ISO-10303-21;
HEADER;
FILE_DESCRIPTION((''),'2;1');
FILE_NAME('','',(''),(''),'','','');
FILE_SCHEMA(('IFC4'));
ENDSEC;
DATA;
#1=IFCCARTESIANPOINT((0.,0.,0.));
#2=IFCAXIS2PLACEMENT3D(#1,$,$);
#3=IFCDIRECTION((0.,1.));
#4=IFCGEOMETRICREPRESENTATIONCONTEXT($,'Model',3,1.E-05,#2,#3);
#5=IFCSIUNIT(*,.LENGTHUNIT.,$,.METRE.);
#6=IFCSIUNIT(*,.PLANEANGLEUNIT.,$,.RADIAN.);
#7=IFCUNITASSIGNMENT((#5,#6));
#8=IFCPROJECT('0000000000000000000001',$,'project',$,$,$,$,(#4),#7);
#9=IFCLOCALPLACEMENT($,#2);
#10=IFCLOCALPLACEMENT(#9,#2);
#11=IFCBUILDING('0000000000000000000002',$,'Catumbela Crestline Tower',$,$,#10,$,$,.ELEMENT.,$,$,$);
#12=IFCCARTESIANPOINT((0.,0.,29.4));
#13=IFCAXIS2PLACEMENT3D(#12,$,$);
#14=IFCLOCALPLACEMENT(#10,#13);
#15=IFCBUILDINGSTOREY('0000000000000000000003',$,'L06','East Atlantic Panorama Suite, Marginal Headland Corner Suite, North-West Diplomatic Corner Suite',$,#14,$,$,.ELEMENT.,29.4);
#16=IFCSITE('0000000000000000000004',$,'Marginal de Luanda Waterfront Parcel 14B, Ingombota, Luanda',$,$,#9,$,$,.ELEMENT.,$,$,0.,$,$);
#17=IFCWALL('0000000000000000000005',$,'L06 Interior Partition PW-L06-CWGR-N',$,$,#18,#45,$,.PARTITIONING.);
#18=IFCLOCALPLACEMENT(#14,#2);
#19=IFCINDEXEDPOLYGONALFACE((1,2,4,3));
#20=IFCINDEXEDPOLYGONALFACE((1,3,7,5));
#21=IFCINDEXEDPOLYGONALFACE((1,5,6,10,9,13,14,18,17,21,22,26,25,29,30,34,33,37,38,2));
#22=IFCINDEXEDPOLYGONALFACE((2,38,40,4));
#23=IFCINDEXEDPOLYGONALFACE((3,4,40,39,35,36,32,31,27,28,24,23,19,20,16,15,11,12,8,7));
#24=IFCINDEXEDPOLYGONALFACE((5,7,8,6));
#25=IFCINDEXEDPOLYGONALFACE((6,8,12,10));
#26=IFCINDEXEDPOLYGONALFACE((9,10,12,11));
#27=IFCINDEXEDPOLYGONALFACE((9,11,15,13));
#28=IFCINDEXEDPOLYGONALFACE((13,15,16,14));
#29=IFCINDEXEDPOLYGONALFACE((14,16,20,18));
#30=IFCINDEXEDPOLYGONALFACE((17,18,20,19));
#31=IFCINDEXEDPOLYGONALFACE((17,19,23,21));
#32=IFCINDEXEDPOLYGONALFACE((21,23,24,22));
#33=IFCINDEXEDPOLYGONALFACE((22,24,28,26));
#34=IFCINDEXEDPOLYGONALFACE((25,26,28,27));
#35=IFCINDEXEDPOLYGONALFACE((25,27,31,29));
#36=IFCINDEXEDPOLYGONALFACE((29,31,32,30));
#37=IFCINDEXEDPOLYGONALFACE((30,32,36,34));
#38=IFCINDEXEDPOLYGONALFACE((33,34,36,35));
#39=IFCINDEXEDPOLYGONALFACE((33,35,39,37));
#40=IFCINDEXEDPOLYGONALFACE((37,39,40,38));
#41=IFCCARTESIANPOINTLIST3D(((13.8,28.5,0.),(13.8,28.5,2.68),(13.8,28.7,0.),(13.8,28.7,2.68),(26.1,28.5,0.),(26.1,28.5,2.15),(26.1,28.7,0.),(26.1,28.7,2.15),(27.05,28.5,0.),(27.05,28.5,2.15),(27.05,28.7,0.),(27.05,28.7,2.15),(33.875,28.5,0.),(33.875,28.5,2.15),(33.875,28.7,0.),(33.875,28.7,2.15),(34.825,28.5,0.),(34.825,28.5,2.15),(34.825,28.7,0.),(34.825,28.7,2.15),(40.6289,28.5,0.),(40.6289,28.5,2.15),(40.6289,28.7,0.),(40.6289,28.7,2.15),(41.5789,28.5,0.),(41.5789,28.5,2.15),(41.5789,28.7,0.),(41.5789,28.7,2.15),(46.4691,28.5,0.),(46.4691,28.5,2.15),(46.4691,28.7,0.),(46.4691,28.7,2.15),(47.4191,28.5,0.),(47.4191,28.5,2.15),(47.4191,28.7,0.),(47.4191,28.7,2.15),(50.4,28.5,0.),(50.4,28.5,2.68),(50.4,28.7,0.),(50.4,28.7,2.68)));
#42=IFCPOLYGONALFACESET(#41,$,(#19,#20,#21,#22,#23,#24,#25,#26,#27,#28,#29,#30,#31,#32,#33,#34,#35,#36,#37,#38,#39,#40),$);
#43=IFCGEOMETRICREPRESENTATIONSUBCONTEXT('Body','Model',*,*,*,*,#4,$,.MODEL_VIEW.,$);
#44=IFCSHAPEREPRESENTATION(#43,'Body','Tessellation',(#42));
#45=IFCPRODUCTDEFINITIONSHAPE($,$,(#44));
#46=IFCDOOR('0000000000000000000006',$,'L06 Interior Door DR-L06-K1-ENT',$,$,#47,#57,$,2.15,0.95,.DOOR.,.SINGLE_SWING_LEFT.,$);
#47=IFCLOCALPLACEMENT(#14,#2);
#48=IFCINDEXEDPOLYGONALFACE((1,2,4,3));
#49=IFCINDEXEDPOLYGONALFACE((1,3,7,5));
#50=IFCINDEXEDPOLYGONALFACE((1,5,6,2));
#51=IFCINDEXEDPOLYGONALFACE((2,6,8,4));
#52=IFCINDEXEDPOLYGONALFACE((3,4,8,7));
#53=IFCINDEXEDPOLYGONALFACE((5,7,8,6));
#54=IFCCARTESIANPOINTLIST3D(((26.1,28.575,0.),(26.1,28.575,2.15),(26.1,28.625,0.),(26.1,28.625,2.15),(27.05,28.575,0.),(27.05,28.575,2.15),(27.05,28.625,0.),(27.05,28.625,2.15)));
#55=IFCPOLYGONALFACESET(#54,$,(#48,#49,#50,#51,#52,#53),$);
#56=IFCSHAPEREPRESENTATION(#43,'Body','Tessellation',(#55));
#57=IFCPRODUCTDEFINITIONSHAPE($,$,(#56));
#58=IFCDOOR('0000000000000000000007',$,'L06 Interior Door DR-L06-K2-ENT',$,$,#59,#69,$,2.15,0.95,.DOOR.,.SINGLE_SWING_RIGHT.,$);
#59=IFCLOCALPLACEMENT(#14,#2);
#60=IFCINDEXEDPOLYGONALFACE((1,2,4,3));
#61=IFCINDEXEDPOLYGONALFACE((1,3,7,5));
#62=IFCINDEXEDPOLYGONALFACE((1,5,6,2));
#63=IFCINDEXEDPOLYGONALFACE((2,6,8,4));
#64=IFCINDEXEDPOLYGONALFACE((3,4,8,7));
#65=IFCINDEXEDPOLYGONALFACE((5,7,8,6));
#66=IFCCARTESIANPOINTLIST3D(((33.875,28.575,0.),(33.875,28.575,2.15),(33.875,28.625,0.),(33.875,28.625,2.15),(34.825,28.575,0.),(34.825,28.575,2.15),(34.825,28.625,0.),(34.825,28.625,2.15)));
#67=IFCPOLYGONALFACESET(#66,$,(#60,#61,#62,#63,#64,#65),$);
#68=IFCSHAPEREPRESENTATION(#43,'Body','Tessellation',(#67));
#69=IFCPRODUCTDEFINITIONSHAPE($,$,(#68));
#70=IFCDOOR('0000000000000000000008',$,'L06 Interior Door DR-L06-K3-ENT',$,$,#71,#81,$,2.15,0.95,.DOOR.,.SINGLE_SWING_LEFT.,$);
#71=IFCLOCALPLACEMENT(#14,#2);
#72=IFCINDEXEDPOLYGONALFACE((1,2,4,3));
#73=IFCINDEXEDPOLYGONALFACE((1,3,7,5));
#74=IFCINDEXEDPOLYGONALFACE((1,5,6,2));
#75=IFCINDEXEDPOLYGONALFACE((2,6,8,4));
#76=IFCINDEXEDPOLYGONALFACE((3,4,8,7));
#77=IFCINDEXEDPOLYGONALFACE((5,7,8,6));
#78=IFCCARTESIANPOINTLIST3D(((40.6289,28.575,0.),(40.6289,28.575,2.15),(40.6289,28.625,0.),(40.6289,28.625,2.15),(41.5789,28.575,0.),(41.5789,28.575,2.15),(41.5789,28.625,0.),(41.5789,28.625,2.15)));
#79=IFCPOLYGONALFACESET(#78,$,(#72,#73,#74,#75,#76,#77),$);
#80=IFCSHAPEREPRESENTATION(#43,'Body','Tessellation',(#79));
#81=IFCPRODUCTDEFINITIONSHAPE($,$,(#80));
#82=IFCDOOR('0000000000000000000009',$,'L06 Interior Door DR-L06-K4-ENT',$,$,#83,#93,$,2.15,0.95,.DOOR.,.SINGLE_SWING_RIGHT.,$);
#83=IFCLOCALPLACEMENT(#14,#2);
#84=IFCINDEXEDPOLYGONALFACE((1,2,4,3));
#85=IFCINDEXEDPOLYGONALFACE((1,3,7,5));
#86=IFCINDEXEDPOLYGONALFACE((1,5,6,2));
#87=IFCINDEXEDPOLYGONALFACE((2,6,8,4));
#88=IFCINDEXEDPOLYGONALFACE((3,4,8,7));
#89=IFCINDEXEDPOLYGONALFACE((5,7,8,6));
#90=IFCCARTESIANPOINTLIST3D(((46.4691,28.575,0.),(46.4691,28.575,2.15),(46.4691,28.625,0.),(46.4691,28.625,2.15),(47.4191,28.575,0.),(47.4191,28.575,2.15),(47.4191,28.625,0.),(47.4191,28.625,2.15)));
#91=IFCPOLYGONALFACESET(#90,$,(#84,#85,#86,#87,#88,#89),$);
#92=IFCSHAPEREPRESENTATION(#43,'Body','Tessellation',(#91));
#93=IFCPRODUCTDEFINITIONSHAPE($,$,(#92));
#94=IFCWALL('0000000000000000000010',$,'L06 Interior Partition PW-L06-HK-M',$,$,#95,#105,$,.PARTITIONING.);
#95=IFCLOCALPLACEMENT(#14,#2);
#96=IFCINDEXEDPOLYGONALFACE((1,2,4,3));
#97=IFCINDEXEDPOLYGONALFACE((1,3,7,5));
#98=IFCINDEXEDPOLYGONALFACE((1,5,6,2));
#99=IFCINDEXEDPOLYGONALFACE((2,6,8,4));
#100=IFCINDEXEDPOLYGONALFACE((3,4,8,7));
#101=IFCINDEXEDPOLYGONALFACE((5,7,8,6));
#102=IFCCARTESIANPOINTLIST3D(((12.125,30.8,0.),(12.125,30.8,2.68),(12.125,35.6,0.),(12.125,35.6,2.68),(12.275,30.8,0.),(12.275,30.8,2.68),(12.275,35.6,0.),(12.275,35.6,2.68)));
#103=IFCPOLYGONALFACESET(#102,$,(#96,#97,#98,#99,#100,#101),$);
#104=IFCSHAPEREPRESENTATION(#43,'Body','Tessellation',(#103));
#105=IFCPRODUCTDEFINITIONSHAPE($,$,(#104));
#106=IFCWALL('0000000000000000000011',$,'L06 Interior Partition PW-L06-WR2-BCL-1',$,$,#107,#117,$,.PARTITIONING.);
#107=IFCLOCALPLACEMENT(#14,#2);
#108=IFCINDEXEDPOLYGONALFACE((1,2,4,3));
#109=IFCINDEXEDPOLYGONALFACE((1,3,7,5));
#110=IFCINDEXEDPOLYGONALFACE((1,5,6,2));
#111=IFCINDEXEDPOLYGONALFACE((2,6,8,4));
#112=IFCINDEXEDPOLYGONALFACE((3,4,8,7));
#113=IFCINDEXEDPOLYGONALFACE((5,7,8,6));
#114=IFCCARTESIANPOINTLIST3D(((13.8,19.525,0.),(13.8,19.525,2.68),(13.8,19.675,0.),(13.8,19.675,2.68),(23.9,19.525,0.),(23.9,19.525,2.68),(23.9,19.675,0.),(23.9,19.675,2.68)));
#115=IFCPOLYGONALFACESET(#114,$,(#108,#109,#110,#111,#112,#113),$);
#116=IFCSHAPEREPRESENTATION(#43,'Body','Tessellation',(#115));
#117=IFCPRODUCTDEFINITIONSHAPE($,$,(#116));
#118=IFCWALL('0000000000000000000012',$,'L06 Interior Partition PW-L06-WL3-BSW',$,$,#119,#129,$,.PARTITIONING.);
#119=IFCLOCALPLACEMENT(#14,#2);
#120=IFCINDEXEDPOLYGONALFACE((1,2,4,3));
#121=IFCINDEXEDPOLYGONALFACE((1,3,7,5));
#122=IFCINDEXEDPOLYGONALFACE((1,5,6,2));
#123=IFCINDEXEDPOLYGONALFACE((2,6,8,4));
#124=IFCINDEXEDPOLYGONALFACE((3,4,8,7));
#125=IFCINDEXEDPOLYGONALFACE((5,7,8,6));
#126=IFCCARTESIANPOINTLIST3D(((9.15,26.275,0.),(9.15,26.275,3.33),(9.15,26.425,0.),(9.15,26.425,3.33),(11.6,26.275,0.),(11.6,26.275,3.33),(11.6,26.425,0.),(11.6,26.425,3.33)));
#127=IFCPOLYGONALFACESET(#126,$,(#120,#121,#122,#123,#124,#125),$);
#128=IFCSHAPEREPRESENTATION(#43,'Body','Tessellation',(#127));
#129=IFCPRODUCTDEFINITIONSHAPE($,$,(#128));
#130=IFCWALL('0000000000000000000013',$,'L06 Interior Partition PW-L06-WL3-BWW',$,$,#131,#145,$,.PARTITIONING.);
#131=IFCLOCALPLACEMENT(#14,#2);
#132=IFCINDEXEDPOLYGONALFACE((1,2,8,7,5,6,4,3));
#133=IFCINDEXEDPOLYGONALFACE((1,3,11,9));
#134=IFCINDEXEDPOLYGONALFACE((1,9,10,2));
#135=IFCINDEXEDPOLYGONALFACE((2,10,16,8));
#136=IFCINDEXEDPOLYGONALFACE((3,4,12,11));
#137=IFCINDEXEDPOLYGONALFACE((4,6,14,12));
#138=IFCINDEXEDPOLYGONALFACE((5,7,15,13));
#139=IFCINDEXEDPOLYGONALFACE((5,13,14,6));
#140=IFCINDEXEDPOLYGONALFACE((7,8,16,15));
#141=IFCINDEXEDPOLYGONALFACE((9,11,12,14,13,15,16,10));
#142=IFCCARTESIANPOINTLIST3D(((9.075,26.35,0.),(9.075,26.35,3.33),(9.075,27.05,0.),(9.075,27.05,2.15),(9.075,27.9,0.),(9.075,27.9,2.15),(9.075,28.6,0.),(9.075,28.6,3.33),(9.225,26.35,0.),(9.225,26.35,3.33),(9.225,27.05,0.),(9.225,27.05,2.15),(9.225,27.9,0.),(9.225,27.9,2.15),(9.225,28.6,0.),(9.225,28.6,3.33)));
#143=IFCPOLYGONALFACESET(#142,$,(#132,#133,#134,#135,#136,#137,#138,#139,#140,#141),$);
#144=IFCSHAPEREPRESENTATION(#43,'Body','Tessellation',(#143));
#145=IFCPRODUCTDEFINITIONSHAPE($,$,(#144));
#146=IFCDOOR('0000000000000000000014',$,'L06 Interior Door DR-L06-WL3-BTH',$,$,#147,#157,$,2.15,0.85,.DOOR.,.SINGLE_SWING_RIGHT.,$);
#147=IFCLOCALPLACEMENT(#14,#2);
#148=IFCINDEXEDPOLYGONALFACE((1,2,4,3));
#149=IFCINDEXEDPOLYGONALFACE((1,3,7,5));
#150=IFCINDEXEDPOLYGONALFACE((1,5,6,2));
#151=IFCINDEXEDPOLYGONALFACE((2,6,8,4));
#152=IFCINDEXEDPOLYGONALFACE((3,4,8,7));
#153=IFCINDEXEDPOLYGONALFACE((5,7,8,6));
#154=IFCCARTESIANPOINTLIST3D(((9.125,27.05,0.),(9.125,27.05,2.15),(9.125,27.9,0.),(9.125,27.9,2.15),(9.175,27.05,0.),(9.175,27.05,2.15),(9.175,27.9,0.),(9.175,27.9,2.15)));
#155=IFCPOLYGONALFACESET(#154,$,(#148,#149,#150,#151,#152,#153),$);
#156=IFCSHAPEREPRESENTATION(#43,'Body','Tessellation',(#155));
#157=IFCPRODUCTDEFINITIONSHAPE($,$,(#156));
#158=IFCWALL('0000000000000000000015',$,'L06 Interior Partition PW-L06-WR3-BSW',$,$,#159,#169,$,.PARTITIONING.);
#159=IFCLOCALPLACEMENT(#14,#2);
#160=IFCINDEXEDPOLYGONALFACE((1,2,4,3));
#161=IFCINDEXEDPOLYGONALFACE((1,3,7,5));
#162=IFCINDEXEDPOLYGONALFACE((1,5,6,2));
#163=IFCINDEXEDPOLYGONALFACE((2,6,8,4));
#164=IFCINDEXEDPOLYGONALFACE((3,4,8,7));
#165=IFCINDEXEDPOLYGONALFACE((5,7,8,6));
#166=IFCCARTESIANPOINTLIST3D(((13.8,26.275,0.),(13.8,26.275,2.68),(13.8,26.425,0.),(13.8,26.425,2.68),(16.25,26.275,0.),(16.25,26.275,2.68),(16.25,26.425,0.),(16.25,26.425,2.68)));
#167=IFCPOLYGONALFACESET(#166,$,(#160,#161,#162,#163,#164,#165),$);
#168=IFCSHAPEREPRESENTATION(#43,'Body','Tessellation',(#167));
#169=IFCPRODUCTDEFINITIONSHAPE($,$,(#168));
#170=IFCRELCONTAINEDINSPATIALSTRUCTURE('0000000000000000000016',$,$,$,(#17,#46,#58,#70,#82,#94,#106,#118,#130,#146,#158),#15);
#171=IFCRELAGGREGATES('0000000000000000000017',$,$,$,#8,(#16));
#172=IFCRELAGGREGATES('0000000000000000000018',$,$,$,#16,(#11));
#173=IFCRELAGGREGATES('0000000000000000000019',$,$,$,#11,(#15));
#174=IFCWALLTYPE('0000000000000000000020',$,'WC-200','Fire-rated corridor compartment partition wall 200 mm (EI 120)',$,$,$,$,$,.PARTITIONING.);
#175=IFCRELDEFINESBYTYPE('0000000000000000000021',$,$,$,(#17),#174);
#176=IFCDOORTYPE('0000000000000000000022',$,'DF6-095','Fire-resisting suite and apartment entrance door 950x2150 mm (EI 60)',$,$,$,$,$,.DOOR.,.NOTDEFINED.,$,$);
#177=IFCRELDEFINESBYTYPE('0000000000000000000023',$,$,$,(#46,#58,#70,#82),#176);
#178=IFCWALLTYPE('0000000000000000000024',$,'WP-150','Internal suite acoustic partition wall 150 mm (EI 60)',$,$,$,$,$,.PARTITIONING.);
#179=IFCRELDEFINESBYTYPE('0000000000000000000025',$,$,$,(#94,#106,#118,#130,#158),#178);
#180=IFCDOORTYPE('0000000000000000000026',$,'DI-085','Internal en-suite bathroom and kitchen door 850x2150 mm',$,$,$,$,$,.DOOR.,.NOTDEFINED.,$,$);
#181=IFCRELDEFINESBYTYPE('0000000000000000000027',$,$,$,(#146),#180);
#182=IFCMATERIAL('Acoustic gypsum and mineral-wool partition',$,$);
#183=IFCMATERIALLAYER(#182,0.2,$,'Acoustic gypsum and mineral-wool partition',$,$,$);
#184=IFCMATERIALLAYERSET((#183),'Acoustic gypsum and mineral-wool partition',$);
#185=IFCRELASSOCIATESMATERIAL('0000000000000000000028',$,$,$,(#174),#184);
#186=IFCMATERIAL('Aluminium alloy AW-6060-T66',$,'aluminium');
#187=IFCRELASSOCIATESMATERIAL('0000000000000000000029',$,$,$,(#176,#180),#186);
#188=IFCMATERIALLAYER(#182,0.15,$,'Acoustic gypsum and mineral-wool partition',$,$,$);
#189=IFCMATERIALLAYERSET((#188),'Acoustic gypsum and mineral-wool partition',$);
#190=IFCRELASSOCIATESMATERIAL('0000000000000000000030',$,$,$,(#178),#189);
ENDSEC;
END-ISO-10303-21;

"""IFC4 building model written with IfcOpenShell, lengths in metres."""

from ifc_helpers import new_model, si_unit, direction, frame, frame_2d, origin, place, context, subcontext, project, spatial, rectangle, extrude, material, layer, layer_set, type_object, element, fill, save


model = new_model("IFC4")

# Units and contexts
model_context = context("Model", 3, precision=1e-05, world=origin(), true_north=direction((0.0, 1.0)))
body_context = subcontext(model_context, "Body", "Model", "MODEL_VIEW")
ifc_project = project(units=[si_unit("LENGTHUNIT", "METRE"), si_unit("PLANEANGLEUNIT", "RADIAN")], contexts=[model_context])

# Site, building, storey
site_placement = place(None, origin())
site = spatial("IfcSite", under=ifc_project, at=site_placement, Name="Marginal de Luanda Waterfront Parcel 14B, Ingombota, Luanda", CompositionType="ELEMENT", RefElevation=0.0)
building_placement = place(site_placement, origin())
building = spatial("IfcBuilding", under=site, at=building_placement, Name="Catumbela Crestline Tower", CompositionType="ELEMENT")
storey_placement = place(building_placement, frame((0.0, 0.0, 29.4)))
storey = spatial("IfcBuildingStorey", under=building, at=storey_placement, Name="L06", Description="East Atlantic Panorama Suite, Marginal Headland Corner Suite, North-West Diplomatic Corner Suite", CompositionType="ELEMENT", Elevation=29.4)

# Wall, openings, doors
ifc_material_1 = material(Name="Acoustic gypsum and mineral-wool partition")
ifc_layer_1 = layer(ifc_material_1, 0.2, Name="Acoustic gypsum and mineral-wool partition")
ifc_layer_set_1 = layer_set([ifc_layer_1], Name="Acoustic gypsum and mineral-wool partition")
wall_type_1 = type_object("IfcWallType", Name="WC-200", Description="Fire-rated corridor compartment partition wall 200 mm (EI 120)", PredefinedType="PARTITIONING", material=ifc_layer_set_1)
wall_1_placement = place(storey_placement, frame((13.8, 28.6, 0.0), z_axis=(0.0, 0.0, 1.0), x_axis=(1.0, 0.0, 0.0)))
wall_1 = element("IfcWall", 1, at=wall_1_placement, inside=storey, type_object=wall_type_1, Name="L06 Interior Partition PW-L06-CWGR-N", PredefinedType="PARTITIONING", context=body_context, shape_type="SweptSolid", body=[
    extrude(rectangle(XDim=36.6, YDim=0.2, at=frame_2d((18.3, 0.0))), origin(), (0.0, 0.0, 1.0), 2.68),
])
opening_1_placement = place(wall_1_placement, frame((12.3, 0.0, 0.0)))
opening_1 = element("IfcOpeningElement", 2, at=opening_1_placement, cuts=wall_1, PredefinedType="OPENING", context=body_context, shape_type="SweptSolid", body=[
    extrude(rectangle(XDim=0.95, YDim=2.15, at=frame_2d((0.475, 1.075))), frame((0.0, 0.11, 0.0), z_axis=(0.0, -1.0, 0.0), x_axis=(1.0, 0.0, 0.0)), (0.0, 0.0, 1.0), 0.22),
])
opening_2_placement = place(wall_1_placement, frame((20.075, 0.0, 0.0)))
opening_2 = element("IfcOpeningElement", 3, at=opening_2_placement, cuts=wall_1, PredefinedType="OPENING", context=body_context, shape_type="SweptSolid", body=[
    extrude(rectangle(XDim=0.95, YDim=2.15, at=frame_2d((0.475, 1.075))), frame((0.0, 0.11, 0.0), z_axis=(0.0, -1.0, 0.0), x_axis=(1.0, 0.0, 0.0)), (0.0, 0.0, 1.0), 0.22),
])
opening_3_placement = place(wall_1_placement, frame((26.8289, 0.0, 0.0)))
opening_3 = element("IfcOpeningElement", 4, at=opening_3_placement, cuts=wall_1, PredefinedType="OPENING", context=body_context, shape_type="SweptSolid", body=[
    extrude(rectangle(XDim=0.95, YDim=2.15, at=frame_2d((0.475, 1.075))), frame((0.0, 0.11, 0.0), z_axis=(0.0, -1.0, 0.0), x_axis=(1.0, 0.0, 0.0)), (0.0, 0.0, 1.0), 0.22),
])
opening_4_placement = place(wall_1_placement, frame((32.6691, 0.0, 0.0)))
opening_4 = element("IfcOpeningElement", 5, at=opening_4_placement, cuts=wall_1, PredefinedType="OPENING", context=body_context, shape_type="SweptSolid", body=[
    extrude(rectangle(XDim=0.95, YDim=2.15, at=frame_2d((0.475, 1.075))), frame((0.0, 0.11, 0.0), z_axis=(0.0, -1.0, 0.0), x_axis=(1.0, 0.0, 0.0)), (0.0, 0.0, 1.0), 0.22),
])
ifc_material_2 = material(Name="Aluminium alloy AW-6060-T66", Category="aluminium")
door_type_1 = type_object("IfcDoorType", Name="DF6-095", Description="Fire-resisting suite and apartment entrance door 950x2150 mm (EI 60)", OperationType="NOTDEFINED", PredefinedType="DOOR", material=ifc_material_2)
door_1_placement = place(opening_1_placement, origin())
door_1 = element("IfcDoor", 6, at=door_1_placement, inside=storey, type_object=door_type_1, Name="L06 Interior Door DR-L06-K1-ENT", OperationType="SINGLE_SWING_LEFT", OverallHeight=2.15, OverallWidth=0.95, PredefinedType="DOOR", context=body_context, shape_type="SweptSolid", body=[
    extrude(rectangle(XDim=0.95, YDim=2.15, at=frame_2d((0.475, 1.075))), frame((0.0, 0.025, 0.0), z_axis=(0.0, -1.0, 0.0), x_axis=(1.0, 0.0, 0.0)), (0.0, 0.0, 1.0), 0.05),
])
fill(opening_1, door_1)
door_2_placement = place(opening_2_placement, origin())
door_2 = element("IfcDoor", 7, at=door_2_placement, inside=storey, type_object=door_type_1, Name="L06 Interior Door DR-L06-K2-ENT", OperationType="SINGLE_SWING_RIGHT", OverallHeight=2.15, OverallWidth=0.95, PredefinedType="DOOR", context=body_context, shape_type="SweptSolid", body=[
    extrude(rectangle(XDim=0.95, YDim=2.15, at=frame_2d((0.475, 1.075))), frame((0.0, 0.025, 0.0), z_axis=(0.0, -1.0, 0.0), x_axis=(1.0, 0.0, 0.0)), (0.0, 0.0, 1.0), 0.05),
])
fill(opening_2, door_2)
door_3_placement = place(opening_3_placement, origin())
door_3 = element("IfcDoor", 8, at=door_3_placement, inside=storey, type_object=door_type_1, Name="L06 Interior Door DR-L06-K3-ENT", OperationType="SINGLE_SWING_LEFT", OverallHeight=2.15, OverallWidth=0.95, PredefinedType="DOOR", context=body_context, shape_type="SweptSolid", body=[
    extrude(rectangle(XDim=0.95, YDim=2.15, at=frame_2d((0.475, 1.075))), frame((0.0, 0.025, 0.0), z_axis=(0.0, -1.0, 0.0), x_axis=(1.0, 0.0, 0.0)), (0.0, 0.0, 1.0), 0.05),
])
fill(opening_3, door_3)
door_4_placement = place(opening_4_placement, origin())
door_4 = element("IfcDoor", 9, at=door_4_placement, inside=storey, type_object=door_type_1, Name="L06 Interior Door DR-L06-K4-ENT", OperationType="SINGLE_SWING_RIGHT", OverallHeight=2.15, OverallWidth=0.95, PredefinedType="DOOR", context=body_context, shape_type="SweptSolid", body=[
    extrude(rectangle(XDim=0.95, YDim=2.15, at=frame_2d((0.475, 1.075))), frame((0.0, 0.025, 0.0), z_axis=(0.0, -1.0, 0.0), x_axis=(1.0, 0.0, 0.0)), (0.0, 0.0, 1.0), 0.05),
])
fill(opening_4, door_4)

# Walls
ifc_layer_2 = layer(ifc_material_1, 0.15, Name="Acoustic gypsum and mineral-wool partition")
ifc_layer_set_2 = layer_set([ifc_layer_2], Name="Acoustic gypsum and mineral-wool partition")
wall_type_2 = type_object("IfcWallType", Name="WP-150", Description="Internal suite acoustic partition wall 150 mm (EI 60)", PredefinedType="PARTITIONING", material=ifc_layer_set_2)
wall_2_placement = place(storey_placement, frame((12.2, 30.8, 0.0), z_axis=(0.0, 0.0, 1.0), x_axis=(0.0, 1.0, 0.0)))
element("IfcWall", 10, at=wall_2_placement, inside=storey, type_object=wall_type_2, Name="L06 Interior Partition PW-L06-HK-M", PredefinedType="PARTITIONING", context=body_context, shape_type="SweptSolid", body=[
    extrude(rectangle(XDim=4.8, YDim=0.15, at=frame_2d((2.4, 0.0))), origin(), (0.0, 0.0, 1.0), 2.68),
])
wall_3_placement = place(storey_placement, frame((13.8, 19.6, 0.0), z_axis=(0.0, 0.0, 1.0), x_axis=(1.0, 0.0, 0.0)))
element("IfcWall", 11, at=wall_3_placement, inside=storey, type_object=wall_type_2, Name="L06 Interior Partition PW-L06-WR2-BCL-1", PredefinedType="PARTITIONING", context=body_context, shape_type="SweptSolid", body=[
    extrude(rectangle(XDim=10.1, YDim=0.15, at=frame_2d((5.05, 0.0))), origin(), (0.0, 0.0, 1.0), 2.68),
])
wall_4_placement = place(storey_placement, frame((9.15, 26.35, 0.0), z_axis=(0.0, 0.0, 1.0), x_axis=(1.0, 0.0, 0.0)))
element("IfcWall", 12, at=wall_4_placement, inside=storey, type_object=wall_type_2, Name="L06 Interior Partition PW-L06-WL3-BSW", PredefinedType="PARTITIONING", context=body_context, shape_type="SweptSolid", body=[
    extrude(rectangle(XDim=2.45, YDim=0.15, at=frame_2d((1.225, 0.0))), origin(), (0.0, 0.0, 1.0), 3.33),
])

# Wall, opening, door
wall_5_placement = place(storey_placement, frame((9.15, 26.35, 0.0), z_axis=(0.0, 0.0, 1.0), x_axis=(0.0, 1.0, 0.0)))
wall_5 = element("IfcWall", 13, at=wall_5_placement, inside=storey, type_object=wall_type_2, Name="L06 Interior Partition PW-L06-WL3-BWW", PredefinedType="PARTITIONING", context=body_context, shape_type="SweptSolid", body=[
    extrude(rectangle(XDim=2.25, YDim=0.15, at=frame_2d((1.125, 0.0))), origin(), (0.0, 0.0, 1.0), 3.33),
])
opening_5_placement = place(wall_5_placement, frame((0.7, 0.0, 0.0)))
opening_5 = element("IfcOpeningElement", 14, at=opening_5_placement, cuts=wall_5, PredefinedType="OPENING", context=body_context, shape_type="SweptSolid", body=[
    extrude(rectangle(XDim=0.85, YDim=2.15, at=frame_2d((0.425, 1.075))), frame((0.0, 0.085, 0.0), z_axis=(0.0, -1.0, 0.0), x_axis=(1.0, 0.0, 0.0)), (0.0, 0.0, 1.0), 0.17),
])
door_type_2 = type_object("IfcDoorType", Name="DI-085", Description="Internal en-suite bathroom and kitchen door 850x2150 mm", OperationType="NOTDEFINED", PredefinedType="DOOR", material=ifc_material_2)
door_5_placement = place(opening_5_placement, origin())
door_5 = element("IfcDoor", 15, at=door_5_placement, inside=storey, type_object=door_type_2, Name="L06 Interior Door DR-L06-WL3-BTH", OperationType="SINGLE_SWING_RIGHT", OverallHeight=2.15, OverallWidth=0.85, PredefinedType="DOOR", context=body_context, shape_type="SweptSolid", body=[
    extrude(rectangle(XDim=0.85, YDim=2.15, at=frame_2d((0.425, 1.075))), frame((0.0, 0.025, 0.0), z_axis=(0.0, -1.0, 0.0), x_axis=(1.0, 0.0, 0.0)), (0.0, 0.0, 1.0), 0.05),
])
fill(opening_5, door_5)

# Wall
wall_6_placement = place(storey_placement, frame((13.8, 26.35, 0.0), z_axis=(0.0, 0.0, 1.0), x_axis=(1.0, 0.0, 0.0)))
element("IfcWall", 16, at=wall_6_placement, inside=storey, type_object=wall_type_2, Name="L06 Interior Partition PW-L06-WR3-BSW", PredefinedType="PARTITIONING", context=body_context, shape_type="SweptSolid", body=[
    extrude(rectangle(XDim=2.45, YDim=0.15, at=frame_2d((1.225, 0.0))), origin(), (0.0, 0.0, 1.0), 2.68),
])

save(model, "model.ifc")
